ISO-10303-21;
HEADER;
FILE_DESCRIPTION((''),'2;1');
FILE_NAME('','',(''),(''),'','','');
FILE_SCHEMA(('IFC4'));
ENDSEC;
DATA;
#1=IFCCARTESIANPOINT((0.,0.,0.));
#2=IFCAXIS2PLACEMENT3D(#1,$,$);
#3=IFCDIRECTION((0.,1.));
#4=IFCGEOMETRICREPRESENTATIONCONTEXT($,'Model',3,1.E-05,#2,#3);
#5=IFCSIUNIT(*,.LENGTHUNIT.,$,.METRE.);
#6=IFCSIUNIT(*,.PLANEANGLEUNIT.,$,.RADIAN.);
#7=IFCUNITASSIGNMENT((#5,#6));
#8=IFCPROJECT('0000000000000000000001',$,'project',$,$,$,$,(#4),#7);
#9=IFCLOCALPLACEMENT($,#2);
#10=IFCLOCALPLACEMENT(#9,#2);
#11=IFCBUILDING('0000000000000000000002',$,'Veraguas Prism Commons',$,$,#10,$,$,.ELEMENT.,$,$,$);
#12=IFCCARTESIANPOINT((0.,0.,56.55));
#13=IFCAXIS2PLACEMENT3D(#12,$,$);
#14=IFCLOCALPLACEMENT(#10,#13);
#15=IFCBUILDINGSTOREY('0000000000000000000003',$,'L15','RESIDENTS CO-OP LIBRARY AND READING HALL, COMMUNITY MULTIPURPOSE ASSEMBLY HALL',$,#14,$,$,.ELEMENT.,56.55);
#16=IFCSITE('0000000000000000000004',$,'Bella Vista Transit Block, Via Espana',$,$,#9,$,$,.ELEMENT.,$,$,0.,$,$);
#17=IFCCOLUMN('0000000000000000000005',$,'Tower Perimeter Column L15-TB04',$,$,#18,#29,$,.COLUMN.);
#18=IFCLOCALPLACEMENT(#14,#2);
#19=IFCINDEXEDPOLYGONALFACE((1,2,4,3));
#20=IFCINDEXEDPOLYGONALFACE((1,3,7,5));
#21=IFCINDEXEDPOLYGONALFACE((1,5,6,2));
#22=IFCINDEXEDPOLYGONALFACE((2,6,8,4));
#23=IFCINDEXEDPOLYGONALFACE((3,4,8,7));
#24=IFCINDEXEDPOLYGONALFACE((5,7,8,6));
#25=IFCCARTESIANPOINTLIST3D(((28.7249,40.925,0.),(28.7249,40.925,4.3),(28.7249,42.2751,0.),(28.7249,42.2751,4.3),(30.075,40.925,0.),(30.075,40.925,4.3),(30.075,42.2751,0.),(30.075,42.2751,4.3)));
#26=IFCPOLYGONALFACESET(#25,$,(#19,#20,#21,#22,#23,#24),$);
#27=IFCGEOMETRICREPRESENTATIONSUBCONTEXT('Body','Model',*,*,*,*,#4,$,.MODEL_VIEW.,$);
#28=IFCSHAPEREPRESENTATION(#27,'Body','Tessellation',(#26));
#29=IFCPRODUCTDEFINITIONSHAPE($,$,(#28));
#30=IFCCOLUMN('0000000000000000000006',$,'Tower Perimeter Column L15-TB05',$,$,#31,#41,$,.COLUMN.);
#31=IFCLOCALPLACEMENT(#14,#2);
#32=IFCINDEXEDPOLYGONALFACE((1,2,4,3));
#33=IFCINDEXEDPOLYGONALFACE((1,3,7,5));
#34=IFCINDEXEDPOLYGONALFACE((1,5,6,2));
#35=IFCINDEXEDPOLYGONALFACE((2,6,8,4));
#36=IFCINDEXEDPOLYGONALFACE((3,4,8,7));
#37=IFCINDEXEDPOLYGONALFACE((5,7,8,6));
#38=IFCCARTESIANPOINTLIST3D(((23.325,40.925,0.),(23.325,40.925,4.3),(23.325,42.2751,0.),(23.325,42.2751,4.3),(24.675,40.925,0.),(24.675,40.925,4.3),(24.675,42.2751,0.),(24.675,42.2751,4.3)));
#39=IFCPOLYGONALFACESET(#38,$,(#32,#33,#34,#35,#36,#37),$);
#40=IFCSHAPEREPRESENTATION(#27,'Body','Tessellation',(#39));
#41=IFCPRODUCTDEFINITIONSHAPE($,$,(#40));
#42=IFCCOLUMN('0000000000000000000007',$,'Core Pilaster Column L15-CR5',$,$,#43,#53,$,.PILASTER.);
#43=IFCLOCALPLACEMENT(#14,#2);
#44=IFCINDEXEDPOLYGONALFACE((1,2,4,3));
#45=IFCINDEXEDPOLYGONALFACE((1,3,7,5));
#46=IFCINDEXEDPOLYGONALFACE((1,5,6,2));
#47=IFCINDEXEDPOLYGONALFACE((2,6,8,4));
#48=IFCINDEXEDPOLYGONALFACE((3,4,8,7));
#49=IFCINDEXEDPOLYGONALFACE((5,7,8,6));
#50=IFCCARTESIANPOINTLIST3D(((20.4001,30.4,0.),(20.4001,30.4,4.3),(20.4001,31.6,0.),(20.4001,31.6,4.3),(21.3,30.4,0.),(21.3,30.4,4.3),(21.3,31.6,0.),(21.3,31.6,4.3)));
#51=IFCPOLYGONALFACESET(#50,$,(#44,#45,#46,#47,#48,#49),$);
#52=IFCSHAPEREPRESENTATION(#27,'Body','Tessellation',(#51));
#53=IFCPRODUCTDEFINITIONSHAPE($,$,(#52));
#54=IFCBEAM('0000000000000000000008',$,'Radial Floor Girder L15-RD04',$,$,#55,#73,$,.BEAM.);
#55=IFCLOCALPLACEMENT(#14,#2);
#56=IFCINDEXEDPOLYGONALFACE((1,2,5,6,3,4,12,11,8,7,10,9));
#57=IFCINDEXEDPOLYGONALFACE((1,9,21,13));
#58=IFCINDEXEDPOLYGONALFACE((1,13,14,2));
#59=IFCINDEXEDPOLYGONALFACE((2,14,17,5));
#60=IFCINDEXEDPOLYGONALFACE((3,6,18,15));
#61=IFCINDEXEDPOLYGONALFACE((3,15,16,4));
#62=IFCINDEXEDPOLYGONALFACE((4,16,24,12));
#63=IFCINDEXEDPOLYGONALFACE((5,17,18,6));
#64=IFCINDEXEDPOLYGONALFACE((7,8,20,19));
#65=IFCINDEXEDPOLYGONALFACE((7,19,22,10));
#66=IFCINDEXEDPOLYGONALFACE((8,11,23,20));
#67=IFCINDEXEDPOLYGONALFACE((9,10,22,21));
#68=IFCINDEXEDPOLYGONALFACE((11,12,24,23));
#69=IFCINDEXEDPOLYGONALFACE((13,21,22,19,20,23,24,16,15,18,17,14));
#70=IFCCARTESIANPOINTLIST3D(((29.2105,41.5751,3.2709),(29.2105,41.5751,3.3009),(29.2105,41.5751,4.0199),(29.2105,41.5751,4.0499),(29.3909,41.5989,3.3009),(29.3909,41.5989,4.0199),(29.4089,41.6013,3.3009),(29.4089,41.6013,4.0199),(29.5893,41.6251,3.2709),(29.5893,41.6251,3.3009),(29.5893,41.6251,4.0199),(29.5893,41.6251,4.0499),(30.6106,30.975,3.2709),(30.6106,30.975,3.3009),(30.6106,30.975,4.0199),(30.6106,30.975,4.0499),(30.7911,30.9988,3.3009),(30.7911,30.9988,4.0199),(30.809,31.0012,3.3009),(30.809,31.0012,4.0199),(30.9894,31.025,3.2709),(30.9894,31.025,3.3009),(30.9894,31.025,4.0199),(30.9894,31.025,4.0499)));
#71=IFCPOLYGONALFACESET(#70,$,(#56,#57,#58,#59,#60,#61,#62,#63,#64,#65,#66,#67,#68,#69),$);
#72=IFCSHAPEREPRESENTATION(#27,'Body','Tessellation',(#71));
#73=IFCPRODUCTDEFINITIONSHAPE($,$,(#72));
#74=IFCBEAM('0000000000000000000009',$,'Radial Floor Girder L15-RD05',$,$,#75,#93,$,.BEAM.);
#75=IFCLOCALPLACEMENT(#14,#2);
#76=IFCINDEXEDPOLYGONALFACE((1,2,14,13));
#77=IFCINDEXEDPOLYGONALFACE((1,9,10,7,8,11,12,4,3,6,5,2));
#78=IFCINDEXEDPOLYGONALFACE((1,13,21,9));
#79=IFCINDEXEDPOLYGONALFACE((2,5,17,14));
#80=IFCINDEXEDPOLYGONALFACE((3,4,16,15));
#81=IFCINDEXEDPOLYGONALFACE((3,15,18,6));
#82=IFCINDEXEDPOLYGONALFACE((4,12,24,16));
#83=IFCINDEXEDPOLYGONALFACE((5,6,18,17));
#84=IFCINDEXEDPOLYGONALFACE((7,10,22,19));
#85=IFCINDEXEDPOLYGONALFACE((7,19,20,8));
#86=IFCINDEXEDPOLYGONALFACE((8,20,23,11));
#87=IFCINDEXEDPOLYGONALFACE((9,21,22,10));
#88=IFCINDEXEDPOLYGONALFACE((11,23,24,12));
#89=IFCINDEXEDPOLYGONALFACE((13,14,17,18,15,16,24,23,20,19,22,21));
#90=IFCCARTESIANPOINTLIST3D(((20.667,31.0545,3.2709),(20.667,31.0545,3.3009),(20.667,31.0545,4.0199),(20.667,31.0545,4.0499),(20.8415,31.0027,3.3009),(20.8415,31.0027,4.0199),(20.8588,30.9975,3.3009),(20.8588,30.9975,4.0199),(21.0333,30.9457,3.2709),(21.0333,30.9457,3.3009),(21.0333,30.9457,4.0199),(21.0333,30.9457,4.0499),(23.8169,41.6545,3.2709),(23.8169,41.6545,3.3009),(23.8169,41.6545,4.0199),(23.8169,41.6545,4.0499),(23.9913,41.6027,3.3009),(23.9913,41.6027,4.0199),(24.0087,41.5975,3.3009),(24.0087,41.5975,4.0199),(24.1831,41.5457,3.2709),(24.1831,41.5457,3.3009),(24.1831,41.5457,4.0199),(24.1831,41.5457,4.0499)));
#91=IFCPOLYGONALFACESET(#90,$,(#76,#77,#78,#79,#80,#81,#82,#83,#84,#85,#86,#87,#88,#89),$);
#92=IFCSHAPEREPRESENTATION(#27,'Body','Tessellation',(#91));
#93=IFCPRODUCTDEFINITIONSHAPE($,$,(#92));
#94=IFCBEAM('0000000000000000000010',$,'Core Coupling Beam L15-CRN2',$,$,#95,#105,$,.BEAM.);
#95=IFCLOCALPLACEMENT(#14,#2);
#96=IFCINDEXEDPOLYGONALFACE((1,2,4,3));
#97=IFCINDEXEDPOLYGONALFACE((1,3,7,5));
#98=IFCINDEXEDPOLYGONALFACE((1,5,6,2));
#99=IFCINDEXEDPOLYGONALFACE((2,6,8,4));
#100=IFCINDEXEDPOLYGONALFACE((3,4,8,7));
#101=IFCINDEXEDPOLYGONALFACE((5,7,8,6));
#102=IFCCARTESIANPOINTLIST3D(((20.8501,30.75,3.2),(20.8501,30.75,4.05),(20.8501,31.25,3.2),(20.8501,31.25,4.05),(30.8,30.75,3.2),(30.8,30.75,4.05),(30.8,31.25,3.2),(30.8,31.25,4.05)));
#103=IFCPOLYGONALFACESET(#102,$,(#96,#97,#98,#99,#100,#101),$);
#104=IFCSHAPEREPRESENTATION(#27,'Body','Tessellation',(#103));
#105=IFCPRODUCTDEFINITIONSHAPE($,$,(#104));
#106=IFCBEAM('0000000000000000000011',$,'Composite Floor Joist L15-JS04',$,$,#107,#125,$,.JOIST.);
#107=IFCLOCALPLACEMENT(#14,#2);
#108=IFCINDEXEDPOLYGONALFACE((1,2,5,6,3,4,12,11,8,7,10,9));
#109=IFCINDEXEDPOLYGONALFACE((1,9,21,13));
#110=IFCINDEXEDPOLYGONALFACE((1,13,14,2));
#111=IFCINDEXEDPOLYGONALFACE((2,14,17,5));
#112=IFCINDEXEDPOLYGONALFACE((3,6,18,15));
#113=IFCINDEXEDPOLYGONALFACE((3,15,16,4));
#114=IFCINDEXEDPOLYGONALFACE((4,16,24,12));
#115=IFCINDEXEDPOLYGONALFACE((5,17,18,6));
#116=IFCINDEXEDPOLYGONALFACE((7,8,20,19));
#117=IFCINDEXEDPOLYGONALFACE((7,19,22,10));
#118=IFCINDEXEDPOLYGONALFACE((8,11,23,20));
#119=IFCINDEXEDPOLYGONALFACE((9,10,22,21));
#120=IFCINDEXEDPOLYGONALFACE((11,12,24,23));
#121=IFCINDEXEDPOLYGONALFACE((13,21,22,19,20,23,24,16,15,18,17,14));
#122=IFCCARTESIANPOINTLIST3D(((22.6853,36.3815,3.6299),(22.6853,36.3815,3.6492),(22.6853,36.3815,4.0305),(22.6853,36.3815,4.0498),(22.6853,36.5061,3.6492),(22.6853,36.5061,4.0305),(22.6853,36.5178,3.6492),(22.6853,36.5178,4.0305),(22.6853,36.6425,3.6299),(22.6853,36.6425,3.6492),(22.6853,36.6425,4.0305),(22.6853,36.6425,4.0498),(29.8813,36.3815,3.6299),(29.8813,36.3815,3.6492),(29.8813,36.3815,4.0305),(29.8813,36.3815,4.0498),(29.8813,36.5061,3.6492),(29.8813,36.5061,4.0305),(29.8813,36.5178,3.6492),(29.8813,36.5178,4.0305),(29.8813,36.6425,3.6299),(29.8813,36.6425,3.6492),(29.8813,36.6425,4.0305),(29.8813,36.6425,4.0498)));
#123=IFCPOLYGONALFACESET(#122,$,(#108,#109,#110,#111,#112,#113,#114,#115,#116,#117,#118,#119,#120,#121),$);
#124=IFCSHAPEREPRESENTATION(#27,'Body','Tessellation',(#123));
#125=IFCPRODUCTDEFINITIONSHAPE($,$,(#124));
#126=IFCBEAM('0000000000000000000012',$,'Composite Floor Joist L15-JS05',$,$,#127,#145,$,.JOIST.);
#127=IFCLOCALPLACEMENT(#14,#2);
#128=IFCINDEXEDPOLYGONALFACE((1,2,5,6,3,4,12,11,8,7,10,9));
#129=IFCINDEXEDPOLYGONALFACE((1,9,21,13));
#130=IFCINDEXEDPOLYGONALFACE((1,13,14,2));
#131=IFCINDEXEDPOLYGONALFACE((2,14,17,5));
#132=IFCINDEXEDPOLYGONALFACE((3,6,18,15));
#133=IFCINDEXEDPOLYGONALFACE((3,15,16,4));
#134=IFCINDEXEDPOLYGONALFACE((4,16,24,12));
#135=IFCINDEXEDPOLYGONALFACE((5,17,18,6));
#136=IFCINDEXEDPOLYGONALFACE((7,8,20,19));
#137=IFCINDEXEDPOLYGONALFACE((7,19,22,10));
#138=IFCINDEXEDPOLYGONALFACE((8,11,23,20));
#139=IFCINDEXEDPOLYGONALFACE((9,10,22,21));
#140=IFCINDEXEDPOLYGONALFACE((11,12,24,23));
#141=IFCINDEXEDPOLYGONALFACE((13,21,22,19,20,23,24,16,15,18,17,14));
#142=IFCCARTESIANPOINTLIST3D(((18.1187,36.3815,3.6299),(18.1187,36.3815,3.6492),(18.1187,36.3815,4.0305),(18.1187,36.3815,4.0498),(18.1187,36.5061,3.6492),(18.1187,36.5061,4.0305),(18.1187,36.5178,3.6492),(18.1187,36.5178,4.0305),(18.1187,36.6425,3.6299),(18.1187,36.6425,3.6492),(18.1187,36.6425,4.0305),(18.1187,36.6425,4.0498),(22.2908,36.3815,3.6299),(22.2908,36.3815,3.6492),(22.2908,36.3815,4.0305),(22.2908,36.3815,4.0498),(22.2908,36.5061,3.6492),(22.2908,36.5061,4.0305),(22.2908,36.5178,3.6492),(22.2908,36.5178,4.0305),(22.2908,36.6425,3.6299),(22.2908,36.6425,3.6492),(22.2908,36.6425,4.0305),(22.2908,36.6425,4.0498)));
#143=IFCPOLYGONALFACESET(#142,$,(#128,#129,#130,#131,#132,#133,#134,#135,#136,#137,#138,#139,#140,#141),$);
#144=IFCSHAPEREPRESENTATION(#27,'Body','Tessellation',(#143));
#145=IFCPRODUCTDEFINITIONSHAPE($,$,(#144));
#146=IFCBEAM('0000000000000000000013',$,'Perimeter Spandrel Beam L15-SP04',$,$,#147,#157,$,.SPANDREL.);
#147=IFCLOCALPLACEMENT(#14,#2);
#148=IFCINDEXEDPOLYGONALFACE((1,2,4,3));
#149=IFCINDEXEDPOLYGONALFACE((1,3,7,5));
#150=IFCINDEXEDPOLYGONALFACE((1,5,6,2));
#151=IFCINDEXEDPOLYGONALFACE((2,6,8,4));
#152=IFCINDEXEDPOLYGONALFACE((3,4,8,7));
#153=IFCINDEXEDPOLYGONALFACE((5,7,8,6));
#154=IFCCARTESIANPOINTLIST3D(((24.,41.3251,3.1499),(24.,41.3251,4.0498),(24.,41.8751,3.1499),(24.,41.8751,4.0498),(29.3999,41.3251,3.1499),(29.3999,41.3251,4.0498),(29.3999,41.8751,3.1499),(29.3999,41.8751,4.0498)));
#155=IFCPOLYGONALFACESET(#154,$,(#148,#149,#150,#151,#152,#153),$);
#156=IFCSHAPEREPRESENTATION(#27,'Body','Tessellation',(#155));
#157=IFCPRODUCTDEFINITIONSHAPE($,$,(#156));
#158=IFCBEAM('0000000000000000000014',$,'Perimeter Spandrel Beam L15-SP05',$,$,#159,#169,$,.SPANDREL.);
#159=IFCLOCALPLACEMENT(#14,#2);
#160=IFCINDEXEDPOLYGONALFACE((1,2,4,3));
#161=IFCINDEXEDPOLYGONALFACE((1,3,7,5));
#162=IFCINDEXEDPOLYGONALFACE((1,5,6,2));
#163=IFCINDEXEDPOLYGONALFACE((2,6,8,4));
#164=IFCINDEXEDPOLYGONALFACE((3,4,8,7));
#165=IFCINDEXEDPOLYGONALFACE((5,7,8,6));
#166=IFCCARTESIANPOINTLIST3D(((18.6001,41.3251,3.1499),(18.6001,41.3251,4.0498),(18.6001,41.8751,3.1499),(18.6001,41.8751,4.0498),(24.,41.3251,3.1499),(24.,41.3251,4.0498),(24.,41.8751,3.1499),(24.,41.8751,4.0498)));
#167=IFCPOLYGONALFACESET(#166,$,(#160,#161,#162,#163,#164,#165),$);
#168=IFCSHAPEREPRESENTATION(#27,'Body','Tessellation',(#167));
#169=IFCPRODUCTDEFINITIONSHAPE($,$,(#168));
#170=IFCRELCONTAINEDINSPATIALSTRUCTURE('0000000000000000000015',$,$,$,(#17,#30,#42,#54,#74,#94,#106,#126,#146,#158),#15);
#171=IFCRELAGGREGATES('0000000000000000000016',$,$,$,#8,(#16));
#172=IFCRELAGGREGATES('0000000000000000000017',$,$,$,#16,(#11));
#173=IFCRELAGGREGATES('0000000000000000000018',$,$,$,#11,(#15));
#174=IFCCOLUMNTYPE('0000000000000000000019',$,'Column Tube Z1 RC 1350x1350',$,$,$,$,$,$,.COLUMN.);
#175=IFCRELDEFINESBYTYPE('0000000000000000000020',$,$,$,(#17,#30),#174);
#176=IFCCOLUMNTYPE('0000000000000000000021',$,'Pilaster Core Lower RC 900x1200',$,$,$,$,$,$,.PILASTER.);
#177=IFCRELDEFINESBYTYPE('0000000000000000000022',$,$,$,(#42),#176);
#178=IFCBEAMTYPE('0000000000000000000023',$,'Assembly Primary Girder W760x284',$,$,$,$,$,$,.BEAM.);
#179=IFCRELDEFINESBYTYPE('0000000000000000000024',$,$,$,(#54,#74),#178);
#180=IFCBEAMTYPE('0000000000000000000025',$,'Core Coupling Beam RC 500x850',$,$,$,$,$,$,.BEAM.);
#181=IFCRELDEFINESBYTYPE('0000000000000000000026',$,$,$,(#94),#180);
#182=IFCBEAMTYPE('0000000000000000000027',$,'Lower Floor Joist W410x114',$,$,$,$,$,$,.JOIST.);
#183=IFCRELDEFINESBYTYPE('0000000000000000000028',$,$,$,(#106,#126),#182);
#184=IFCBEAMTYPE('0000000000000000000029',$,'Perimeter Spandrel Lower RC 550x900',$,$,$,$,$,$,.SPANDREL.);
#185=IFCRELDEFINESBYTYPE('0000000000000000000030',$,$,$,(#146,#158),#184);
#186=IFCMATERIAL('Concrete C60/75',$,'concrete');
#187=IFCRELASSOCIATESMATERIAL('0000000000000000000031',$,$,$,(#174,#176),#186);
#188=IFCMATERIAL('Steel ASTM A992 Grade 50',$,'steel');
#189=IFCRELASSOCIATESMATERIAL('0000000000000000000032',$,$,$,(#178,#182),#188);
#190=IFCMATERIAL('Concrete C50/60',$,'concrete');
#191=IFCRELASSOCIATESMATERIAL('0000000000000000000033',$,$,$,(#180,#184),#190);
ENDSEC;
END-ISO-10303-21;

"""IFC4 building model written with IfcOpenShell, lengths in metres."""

from ifc_helpers import new_model, si_unit, direction, frame, origin, origin_2d, place, context, subcontext, project, spatial, rectangle, i_section, extrude, material, material_profile, profile_set, type_object, element, save


model = new_model("IFC4")

# Units and contexts
model_context = context("Model", 3, precision=1e-05, world=origin(), true_north=direction((0.0, 1.0)))
body_context = subcontext(model_context, "Body", "Model", "MODEL_VIEW")
ifc_project = project(units=[si_unit("LENGTHUNIT", "METRE"), si_unit("PLANEANGLEUNIT", "RADIAN")], contexts=[model_context])

# Site, building, storey
site_placement = place(None, origin())
site = spatial("IfcSite", under=ifc_project, at=site_placement, Name="Bella Vista Transit Block, Via Espana", CompositionType="ELEMENT", RefElevation=0.0)
building_placement = place(site_placement, origin())
building = spatial("IfcBuilding", under=site, at=building_placement, Name="Veraguas Prism Commons", CompositionType="ELEMENT")
storey_placement = place(building_placement, frame((0.0, 0.0, 56.55)))
storey = spatial("IfcBuildingStorey", under=building, at=storey_placement, Name="L15", Description="RESIDENTS CO-OP LIBRARY AND READING HALL, COMMUNITY MULTIPURPOSE ASSEMBLY HALL", CompositionType="ELEMENT", Elevation=56.55)

# Columns
ifc_material_1 = material(Name="Concrete C60/75", Category="concrete")
ifc_material_profile_1 = material_profile(ifc_material_1, rectangle(XDim=1.3501, YDim=1.3501, at=origin_2d()), Name="RC1350X1350")
ifc_profile_set_1 = profile_set([ifc_material_profile_1], Name="Concrete C60/75")
column_type_1 = type_object("IfcColumnType", Name="Column Tube Z1 RC 1350x1350", PredefinedType="COLUMN", material=ifc_profile_set_1)
for number, where, z_axis, x_axis, name in (
    (1, (29.3999, 41.6001, 0.0), (0.0, 0.0, 1.0), (1.0, 0.0, 0.0), "Tower Perimeter Column L15-TB04"),
    (2, (24.0, 41.6001, 0.0), (0.0, 0.0, 1.0), (1.0, 0.0, 0.0), "Tower Perimeter Column L15-TB05"),
):
    element("IfcColumn", number, at=place(storey_placement, frame(where, z_axis=z_axis, x_axis=x_axis)), inside=storey, type_object=column_type_1, Name=name, PredefinedType="COLUMN", context=body_context, shape_type="SweptSolid", body=[
        extrude(rectangle(XDim=1.3501, YDim=1.3501, at=origin_2d()), origin(), (0.0, 0.0, 1.0), 4.3),
    ])
ifc_material_profile_2 = material_profile(ifc_material_1, rectangle(XDim=0.8999, YDim=1.2, at=origin_2d()), Name="RC900X1200")
ifc_profile_set_2 = profile_set([ifc_material_profile_2], Name="Concrete C60/75")
column_type_2 = type_object("IfcColumnType", Name="Pilaster Core Lower RC 900x1200", PredefinedType="PILASTER", material=ifc_profile_set_2)
column_placement = place(storey_placement, frame((20.8501, 31.0, 0.0), z_axis=(0.0, 0.0, 1.0), x_axis=(1.0, 0.0, 0.0)))
element("IfcColumn", 3, at=column_placement, inside=storey, type_object=column_type_2, Name="Core Pilaster Column L15-CR5", PredefinedType="PILASTER", context=body_context, shape_type="SweptSolid", body=[
    extrude(rectangle(XDim=0.8999, YDim=1.2, at=origin_2d()), origin(), (0.0, 0.0, 1.0), 4.3),
])

# Beams
ifc_material_2 = material(Name="Steel ASTM A992 Grade 50", Category="steel")
ifc_material_profile_3 = material_profile(ifc_material_2, i_section(OverallWidth=0.3821, OverallDepth=0.7791, WebThickness=0.0181, FlangeThickness=0.03, at=origin_2d()), Name="W760X284")
ifc_profile_set_3 = profile_set([ifc_material_profile_3], Name="Steel ASTM A992 Grade 50")
beam_type_1 = type_object("IfcBeamType", Name="Assembly Primary Girder W760x284", PredefinedType="BEAM", material=ifc_profile_set_3)
beam_1_placement = place(storey_placement, frame((29.3999, 41.6001, 3.6604), z_axis=(0.130951, -0.991389, 0.0), x_axis=(0.991389, 0.130951, 0.0)))
element("IfcBeam", 4, at=beam_1_placement, inside=storey, type_object=beam_type_1, Name="Radial Floor Girder L15-RD04", PredefinedType="BEAM", context=body_context, shape_type="SweptSolid", body=[
    extrude(i_section(OverallWidth=0.3821, OverallDepth=0.7791, WebThickness=0.0181, FlangeThickness=0.03, at=origin_2d()), origin(), (0.0, 0.0, 1.0), 10.6921),
])
beam_2_placement = place(storey_placement, frame((24.0, 41.6001, 3.6604), z_axis=(-0.284847, -0.958573, 0.0), x_axis=(0.958573, -0.284847, 0.0)))
element("IfcBeam", 5, at=beam_2_placement, inside=storey, type_object=beam_type_1, Name="Radial Floor Girder L15-RD05", PredefinedType="BEAM", context=body_context, shape_type="SweptSolid", body=[
    extrude(i_section(OverallWidth=0.3821, OverallDepth=0.7791, WebThickness=0.0181, FlangeThickness=0.03, at=origin_2d()), origin(), (0.0, 0.0, 1.0), 11.0581),
])
ifc_material_3 = material(Name="Concrete C50/60", Category="concrete")
ifc_material_profile_4 = material_profile(ifc_material_3, rectangle(XDim=0.5, YDim=0.8501, at=origin_2d()), Name="RC500X850")
ifc_profile_set_4 = profile_set([ifc_material_profile_4], Name="Concrete C50/60")
beam_type_2 = type_object("IfcBeamType", Name="Core Coupling Beam RC 500x850", PredefinedType="BEAM", material=ifc_profile_set_4)
beam_3_placement = place(storey_placement, frame((20.8501, 31.0, 3.625), z_axis=(1.0, 0.0, 0.0), x_axis=(0.0, 1.0, 0.0)))
element("IfcBeam", 6, at=beam_3_placement, inside=storey, type_object=beam_type_2, Name="Core Coupling Beam L15-CRN2", PredefinedType="BEAM", context=body_context, shape_type="SweptSolid", body=[
    extrude(rectangle(XDim=0.5, YDim=0.8501, at=origin_2d()), origin(), (0.0, 0.0, 1.0), 9.95),
])
ifc_material_profile_5 = material_profile(ifc_material_2, i_section(OverallWidth=0.261, OverallDepth=0.4199, WebThickness=0.0117, FlangeThickness=0.0193, at=origin_2d()), Name="W410X114")
ifc_profile_set_5 = profile_set([ifc_material_profile_5], Name="Steel ASTM A992 Grade 50")
beam_type_3 = type_object("IfcBeamType", Name="Lower Floor Joist W410x114", PredefinedType="JOIST", material=ifc_profile_set_5)
beam_4_placement = place(storey_placement, frame((29.8813, 36.512, 3.8398), z_axis=(-1.0, 0.0, 0.0), x_axis=(0.0, -1.0, 0.0)))
element("IfcBeam", 7, at=beam_4_placement, inside=storey, type_object=beam_type_3, Name="Composite Floor Joist L15-JS04", PredefinedType="JOIST", context=body_context, shape_type="SweptSolid", body=[
    extrude(i_section(OverallWidth=0.261, OverallDepth=0.4199, WebThickness=0.0117, FlangeThickness=0.0193, at=origin_2d()), origin(), (0.0, 0.0, 1.0), 7.196),
])
beam_5_placement = place(storey_placement, frame((22.2908, 36.512, 3.8398), z_axis=(-1.0, 0.0, 0.0), x_axis=(0.0, -1.0, 0.0)))
element("IfcBeam", 8, at=beam_5_placement, inside=storey, type_object=beam_type_3, Name="Composite Floor Joist L15-JS05", PredefinedType="JOIST", context=body_context, shape_type="SweptSolid", body=[
    extrude(i_section(OverallWidth=0.261, OverallDepth=0.4199, WebThickness=0.0117, FlangeThickness=0.0193, at=origin_2d()), origin(), (0.0, 0.0, 1.0), 4.1721),
])
ifc_material_profile_6 = material_profile(ifc_material_3, rectangle(XDim=0.55, YDim=0.8999, at=origin_2d()), Name="RC550X900")
ifc_profile_set_6 = profile_set([ifc_material_profile_6], Name="Concrete C50/60")
beam_type_4 = type_object("IfcBeamType", Name="Perimeter Spandrel Lower RC 550x900", PredefinedType="SPANDREL", material=ifc_profile_set_6)
for number, where, z_axis, x_axis, name in (
    (9, (29.3999, 41.6001, 3.5999), (-1.0, 0.0, 0.0), (0.0, -1.0, 0.0), "Perimeter Spandrel Beam L15-SP04"),
    (10, (24.0, 41.6001, 3.5999), (-1.0, 0.0, 0.0), (0.0, -1.0, 0.0), "Perimeter Spandrel Beam L15-SP05"),
):
    element("IfcBeam", number, at=place(storey_placement, frame(where, z_axis=z_axis, x_axis=x_axis)), inside=storey, type_object=beam_type_4, Name=name, PredefinedType="SPANDREL", context=body_context, shape_type="SweptSolid", body=[
        extrude(rectangle(XDim=0.55, YDim=0.8999, at=origin_2d()), origin(), (0.0, 0.0, 1.0), 5.3999),
    ])

save(model, "model.ifc")
